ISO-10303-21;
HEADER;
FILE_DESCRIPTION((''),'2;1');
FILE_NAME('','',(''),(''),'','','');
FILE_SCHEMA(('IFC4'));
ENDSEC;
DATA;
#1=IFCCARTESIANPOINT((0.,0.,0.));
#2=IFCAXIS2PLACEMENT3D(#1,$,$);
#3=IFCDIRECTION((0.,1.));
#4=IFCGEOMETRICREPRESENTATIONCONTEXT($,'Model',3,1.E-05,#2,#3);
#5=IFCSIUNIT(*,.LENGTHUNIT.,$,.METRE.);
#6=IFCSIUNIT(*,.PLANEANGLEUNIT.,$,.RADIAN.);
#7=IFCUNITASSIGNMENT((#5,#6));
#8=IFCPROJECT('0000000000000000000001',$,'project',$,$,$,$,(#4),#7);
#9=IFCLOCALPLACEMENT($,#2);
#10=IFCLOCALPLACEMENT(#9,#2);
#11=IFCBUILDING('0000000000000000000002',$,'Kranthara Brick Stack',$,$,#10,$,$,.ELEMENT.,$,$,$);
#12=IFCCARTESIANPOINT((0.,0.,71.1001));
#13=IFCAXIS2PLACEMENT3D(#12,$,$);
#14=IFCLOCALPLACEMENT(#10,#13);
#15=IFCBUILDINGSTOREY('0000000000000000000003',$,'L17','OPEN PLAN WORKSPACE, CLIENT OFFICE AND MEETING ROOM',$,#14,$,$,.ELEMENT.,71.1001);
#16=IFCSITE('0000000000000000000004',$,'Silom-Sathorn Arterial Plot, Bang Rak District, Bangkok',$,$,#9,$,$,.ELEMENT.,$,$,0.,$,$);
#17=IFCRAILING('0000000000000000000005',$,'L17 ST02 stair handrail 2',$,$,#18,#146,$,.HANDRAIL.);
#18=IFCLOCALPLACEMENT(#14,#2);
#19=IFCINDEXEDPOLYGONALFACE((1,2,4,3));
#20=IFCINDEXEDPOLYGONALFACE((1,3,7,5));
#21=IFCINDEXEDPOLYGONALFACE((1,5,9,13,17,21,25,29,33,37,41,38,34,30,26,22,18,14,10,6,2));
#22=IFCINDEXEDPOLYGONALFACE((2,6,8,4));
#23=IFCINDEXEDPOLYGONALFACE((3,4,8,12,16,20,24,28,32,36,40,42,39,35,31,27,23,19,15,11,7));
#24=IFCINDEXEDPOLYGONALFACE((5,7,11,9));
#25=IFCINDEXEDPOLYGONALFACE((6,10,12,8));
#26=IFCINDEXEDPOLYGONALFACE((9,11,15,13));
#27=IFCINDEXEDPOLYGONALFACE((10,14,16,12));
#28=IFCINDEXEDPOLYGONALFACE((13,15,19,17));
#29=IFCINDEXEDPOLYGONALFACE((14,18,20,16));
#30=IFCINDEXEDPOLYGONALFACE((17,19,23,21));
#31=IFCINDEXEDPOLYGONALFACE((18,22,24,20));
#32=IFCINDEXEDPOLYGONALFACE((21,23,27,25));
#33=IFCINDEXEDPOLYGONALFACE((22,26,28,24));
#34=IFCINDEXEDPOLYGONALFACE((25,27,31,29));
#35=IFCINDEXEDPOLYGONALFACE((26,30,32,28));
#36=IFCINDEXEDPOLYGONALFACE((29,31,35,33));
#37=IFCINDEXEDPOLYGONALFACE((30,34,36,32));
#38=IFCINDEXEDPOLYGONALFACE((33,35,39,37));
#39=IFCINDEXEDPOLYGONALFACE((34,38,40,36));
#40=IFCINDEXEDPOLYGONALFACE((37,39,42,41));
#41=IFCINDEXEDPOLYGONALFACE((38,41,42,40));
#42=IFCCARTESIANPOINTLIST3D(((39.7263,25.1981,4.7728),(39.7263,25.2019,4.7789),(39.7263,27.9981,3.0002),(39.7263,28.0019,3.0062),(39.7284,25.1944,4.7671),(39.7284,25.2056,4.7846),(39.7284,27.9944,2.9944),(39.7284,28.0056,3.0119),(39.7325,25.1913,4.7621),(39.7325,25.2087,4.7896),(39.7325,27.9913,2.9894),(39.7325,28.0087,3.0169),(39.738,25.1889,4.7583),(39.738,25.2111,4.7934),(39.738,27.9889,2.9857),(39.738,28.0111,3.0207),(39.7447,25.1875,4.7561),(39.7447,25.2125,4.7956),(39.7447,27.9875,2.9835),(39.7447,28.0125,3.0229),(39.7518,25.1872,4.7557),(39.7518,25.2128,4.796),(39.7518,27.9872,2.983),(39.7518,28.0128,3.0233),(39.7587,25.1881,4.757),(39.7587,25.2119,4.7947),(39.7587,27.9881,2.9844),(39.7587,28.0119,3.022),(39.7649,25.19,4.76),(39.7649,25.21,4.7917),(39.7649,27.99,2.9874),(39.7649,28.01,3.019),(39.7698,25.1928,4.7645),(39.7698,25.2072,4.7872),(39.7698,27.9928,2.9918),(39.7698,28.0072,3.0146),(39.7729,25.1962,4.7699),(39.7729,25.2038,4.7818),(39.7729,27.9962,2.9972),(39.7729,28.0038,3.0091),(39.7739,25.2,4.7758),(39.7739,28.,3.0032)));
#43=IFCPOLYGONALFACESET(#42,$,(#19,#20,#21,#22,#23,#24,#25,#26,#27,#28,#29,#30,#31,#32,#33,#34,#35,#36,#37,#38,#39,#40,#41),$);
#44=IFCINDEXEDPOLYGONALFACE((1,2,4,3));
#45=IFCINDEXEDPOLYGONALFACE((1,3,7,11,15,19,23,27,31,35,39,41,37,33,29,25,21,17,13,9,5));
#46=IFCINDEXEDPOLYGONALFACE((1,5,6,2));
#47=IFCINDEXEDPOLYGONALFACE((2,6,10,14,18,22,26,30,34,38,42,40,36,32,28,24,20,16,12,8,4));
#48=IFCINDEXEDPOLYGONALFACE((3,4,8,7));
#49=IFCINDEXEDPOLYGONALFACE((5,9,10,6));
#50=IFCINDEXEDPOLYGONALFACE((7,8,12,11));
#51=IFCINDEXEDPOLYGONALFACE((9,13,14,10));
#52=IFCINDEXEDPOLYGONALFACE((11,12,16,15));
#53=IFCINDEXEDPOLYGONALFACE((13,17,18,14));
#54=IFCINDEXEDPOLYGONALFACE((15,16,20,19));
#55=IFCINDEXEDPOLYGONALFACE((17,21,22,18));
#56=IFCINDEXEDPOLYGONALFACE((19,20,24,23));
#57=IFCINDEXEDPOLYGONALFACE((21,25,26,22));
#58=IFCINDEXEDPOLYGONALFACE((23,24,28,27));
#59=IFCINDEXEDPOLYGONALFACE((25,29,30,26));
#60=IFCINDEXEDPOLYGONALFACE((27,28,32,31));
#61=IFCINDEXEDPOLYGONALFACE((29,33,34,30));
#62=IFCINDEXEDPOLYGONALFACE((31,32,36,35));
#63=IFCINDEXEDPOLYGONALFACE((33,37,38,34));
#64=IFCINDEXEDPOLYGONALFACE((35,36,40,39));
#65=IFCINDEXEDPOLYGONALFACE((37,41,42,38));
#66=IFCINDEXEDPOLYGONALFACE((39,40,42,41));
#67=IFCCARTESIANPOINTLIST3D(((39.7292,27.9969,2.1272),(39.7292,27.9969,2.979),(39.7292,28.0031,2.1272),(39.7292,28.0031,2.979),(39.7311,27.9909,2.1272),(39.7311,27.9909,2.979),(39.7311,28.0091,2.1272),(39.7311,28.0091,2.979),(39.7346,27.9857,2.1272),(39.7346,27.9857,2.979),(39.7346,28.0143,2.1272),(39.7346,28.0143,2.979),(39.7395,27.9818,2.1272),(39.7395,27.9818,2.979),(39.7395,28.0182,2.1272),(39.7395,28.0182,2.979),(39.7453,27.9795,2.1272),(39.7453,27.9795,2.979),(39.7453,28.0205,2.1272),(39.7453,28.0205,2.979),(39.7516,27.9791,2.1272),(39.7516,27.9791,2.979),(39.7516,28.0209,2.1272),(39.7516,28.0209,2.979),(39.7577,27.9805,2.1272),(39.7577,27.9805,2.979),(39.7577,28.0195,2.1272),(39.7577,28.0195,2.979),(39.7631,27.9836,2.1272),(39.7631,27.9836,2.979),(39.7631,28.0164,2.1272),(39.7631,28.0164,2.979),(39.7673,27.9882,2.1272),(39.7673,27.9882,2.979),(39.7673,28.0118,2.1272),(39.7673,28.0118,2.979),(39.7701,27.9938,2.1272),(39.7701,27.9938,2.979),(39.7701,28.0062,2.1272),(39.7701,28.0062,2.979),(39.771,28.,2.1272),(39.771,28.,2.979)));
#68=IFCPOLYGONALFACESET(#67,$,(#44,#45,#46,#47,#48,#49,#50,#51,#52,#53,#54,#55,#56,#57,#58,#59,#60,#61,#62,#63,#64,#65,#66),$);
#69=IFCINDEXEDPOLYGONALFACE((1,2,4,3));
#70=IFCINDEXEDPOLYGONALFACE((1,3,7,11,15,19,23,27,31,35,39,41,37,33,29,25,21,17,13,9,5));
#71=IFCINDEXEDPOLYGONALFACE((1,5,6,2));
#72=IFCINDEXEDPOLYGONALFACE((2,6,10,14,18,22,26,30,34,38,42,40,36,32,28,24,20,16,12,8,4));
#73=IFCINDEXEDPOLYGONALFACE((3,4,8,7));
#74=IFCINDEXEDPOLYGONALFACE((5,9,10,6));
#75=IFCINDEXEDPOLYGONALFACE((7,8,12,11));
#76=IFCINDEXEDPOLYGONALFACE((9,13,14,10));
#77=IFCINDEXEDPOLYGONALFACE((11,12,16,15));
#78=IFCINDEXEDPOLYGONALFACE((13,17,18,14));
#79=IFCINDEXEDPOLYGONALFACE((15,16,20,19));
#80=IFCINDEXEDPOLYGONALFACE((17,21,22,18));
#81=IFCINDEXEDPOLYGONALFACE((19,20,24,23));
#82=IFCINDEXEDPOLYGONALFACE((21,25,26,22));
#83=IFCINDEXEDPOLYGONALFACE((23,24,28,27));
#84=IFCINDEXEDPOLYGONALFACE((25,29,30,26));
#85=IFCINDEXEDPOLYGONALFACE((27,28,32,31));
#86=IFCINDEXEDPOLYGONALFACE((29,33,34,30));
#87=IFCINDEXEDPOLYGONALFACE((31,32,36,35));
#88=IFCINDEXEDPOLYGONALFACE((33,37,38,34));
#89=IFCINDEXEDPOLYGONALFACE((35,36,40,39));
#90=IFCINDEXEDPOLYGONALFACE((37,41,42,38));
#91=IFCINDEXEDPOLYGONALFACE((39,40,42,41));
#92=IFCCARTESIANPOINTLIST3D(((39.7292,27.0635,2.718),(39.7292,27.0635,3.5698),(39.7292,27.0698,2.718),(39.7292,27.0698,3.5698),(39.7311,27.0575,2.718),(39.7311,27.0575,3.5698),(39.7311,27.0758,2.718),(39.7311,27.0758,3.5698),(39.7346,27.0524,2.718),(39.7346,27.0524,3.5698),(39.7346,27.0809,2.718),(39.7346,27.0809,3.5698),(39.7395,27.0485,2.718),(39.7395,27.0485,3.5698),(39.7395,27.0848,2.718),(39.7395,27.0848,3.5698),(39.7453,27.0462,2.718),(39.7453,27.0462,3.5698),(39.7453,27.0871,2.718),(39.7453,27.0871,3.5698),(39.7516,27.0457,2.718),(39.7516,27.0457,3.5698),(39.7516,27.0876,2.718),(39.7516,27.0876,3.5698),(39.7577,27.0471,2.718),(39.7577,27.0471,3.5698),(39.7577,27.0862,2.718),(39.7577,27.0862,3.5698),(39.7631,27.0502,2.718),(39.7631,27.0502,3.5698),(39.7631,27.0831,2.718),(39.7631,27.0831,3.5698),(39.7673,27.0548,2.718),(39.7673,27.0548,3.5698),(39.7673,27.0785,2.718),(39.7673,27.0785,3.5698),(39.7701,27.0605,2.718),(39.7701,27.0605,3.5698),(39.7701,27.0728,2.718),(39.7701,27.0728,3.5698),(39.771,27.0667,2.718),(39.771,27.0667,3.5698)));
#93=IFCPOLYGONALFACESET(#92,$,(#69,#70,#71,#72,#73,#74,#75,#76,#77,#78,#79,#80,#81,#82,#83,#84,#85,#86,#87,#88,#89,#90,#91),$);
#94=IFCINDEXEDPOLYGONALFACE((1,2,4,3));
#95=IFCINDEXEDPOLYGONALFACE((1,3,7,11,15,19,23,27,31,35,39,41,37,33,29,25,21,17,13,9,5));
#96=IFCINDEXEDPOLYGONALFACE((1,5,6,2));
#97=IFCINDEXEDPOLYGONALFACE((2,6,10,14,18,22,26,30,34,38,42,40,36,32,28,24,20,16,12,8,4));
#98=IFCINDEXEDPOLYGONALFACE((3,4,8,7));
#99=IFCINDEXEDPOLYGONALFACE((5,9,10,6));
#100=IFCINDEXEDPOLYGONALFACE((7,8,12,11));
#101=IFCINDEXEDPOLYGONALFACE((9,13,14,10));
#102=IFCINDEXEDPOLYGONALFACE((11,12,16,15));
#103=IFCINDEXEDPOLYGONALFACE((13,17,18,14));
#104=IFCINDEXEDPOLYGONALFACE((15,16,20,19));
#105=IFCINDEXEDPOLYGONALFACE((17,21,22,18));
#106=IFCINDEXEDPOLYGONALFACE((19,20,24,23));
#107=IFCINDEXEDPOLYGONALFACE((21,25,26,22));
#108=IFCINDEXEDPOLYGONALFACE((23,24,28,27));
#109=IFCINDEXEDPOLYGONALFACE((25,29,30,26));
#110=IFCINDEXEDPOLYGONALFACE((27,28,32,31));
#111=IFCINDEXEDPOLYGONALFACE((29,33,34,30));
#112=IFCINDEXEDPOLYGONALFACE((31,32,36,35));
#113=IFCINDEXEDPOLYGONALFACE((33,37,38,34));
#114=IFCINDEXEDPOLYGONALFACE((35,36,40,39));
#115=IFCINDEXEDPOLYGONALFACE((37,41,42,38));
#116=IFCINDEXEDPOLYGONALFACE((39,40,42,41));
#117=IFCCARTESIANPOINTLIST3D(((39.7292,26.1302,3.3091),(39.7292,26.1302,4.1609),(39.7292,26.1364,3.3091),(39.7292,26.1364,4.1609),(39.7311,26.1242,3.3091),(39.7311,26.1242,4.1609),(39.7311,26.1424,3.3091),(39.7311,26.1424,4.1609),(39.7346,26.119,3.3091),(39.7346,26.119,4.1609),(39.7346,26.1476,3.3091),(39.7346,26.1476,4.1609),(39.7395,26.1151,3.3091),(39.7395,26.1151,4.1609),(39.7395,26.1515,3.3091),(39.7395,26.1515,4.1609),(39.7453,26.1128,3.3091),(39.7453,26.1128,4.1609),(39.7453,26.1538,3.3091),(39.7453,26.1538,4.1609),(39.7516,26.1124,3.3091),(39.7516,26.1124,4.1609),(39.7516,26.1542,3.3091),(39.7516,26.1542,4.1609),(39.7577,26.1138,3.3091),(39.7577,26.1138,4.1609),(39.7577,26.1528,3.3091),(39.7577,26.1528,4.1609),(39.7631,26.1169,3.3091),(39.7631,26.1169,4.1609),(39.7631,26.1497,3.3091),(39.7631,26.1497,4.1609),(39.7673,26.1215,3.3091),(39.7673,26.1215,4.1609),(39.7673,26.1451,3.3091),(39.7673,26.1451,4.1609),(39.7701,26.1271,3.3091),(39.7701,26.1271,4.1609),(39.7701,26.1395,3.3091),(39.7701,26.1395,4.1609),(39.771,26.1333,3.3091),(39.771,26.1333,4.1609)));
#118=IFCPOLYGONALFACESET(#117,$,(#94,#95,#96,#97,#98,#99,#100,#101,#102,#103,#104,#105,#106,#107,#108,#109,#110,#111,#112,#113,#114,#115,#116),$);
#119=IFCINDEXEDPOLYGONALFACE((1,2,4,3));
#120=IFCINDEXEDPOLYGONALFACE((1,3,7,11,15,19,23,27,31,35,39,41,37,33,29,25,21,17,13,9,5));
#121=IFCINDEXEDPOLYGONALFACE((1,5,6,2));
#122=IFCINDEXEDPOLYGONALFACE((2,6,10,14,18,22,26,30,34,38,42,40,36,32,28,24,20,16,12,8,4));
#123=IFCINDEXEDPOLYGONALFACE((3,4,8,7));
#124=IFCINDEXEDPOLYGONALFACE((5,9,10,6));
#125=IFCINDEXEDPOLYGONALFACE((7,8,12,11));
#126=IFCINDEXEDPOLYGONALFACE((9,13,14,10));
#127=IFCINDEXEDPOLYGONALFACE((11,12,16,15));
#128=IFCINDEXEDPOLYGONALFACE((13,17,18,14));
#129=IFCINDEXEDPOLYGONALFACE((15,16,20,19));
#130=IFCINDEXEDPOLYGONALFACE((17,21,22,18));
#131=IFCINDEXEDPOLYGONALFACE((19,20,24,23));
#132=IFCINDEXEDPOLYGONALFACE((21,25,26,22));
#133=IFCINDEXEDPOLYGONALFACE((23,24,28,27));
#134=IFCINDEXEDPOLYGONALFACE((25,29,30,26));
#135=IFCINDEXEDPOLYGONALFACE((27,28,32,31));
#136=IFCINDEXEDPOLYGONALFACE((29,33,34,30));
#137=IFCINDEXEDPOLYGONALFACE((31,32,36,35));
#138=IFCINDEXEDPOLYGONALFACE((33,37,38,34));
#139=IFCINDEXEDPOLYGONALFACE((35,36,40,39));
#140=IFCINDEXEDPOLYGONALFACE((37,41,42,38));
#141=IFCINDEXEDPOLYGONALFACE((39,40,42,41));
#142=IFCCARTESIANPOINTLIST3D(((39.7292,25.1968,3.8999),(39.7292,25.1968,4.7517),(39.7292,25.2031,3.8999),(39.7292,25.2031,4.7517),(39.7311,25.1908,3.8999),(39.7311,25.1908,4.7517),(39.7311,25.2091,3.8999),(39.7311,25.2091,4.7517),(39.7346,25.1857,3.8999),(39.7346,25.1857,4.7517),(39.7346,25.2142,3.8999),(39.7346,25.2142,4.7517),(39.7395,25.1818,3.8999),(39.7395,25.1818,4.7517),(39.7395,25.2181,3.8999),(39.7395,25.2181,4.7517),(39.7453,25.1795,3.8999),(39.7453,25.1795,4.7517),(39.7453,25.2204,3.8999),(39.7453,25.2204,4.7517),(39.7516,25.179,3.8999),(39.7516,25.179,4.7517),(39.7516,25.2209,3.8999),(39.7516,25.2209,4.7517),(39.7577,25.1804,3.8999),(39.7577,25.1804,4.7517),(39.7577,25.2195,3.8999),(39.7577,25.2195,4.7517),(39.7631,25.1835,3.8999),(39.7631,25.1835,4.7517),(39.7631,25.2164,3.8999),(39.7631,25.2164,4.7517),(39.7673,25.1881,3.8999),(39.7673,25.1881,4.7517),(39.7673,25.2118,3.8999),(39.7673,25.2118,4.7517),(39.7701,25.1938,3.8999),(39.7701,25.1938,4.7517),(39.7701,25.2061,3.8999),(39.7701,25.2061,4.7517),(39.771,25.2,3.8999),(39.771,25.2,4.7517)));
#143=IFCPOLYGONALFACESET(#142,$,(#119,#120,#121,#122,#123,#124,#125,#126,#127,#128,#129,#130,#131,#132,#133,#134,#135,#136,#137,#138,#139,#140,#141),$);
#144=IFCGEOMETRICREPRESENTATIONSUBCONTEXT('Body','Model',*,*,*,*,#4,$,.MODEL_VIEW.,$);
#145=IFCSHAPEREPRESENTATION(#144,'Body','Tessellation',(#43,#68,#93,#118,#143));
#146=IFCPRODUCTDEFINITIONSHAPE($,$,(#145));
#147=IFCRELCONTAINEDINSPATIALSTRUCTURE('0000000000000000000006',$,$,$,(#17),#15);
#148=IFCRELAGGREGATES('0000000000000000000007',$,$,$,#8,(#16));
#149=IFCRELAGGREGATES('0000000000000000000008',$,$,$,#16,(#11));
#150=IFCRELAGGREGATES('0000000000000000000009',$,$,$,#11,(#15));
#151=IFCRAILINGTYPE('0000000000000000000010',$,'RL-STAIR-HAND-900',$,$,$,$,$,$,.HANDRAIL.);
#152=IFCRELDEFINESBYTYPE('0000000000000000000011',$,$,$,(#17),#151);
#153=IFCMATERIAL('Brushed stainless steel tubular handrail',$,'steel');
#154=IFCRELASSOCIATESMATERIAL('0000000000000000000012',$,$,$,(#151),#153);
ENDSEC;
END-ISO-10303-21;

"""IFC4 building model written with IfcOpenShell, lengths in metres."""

from ifc_helpers import new_model, si_unit, direction, frame, origin, origin_2d, place, context, subcontext, project, spatial, circle, extrude, material, type_object, element, save


model = new_model("IFC4")

# Units and contexts
model_context = context("Model", 3, precision=1e-05, world=origin(), true_north=direction((0.0, 1.0)))
body_context = subcontext(model_context, "Body", "Model", "MODEL_VIEW")
ifc_project = project(units=[si_unit("LENGTHUNIT", "METRE"), si_unit("PLANEANGLEUNIT", "RADIAN")], contexts=[model_context])

# Site, building, storey
site_placement = place(None, origin())
site = spatial("IfcSite", under=ifc_project, at=site_placement, Name="Silom-Sathorn Arterial Plot, Bang Rak District, Bangkok", CompositionType="ELEMENT", RefElevation=0.0)
building_placement = place(site_placement, origin())
building = spatial("IfcBuilding", under=site, at=building_placement, Name="Kranthara Brick Stack", CompositionType="ELEMENT")
storey_placement = place(building_placement, frame((0.0, 0.0, 71.1001)))
storey = spatial("IfcBuildingStorey", under=building, at=storey_placement, Name="L17", Description="OPEN PLAN WORKSPACE, CLIENT OFFICE AND MEETING ROOM", CompositionType="ELEMENT", Elevation=71.1001)

# Railing
ifc_material_1 = material(Name="Brushed stainless steel tubular handrail", Category="steel")
railing_type_1 = type_object("IfcRailingType", Name="RL-STAIR-HAND-900", PredefinedType="HANDRAIL", material=ifc_material_1)
railing_1_placement = place(storey_placement, frame((39.75, 28.0, 2.1272)))
element("IfcRailing", 1, at=railing_1_placement, inside=storey, type_object=railing_type_1, Name="L17 ST02 stair handrail 2", PredefinedType="HANDRAIL", context=body_context, shape_type="SweptSolid", body=[
    extrude(circle(Radius=0.0239, at=origin_2d()), frame((0.0, 0.0, 0.876), z_axis=(0.0, -0.844909, 0.53491), x_axis=(1.0, 0.0, 0.0)), (0.0, 0.0, 1.0), 3.314),
    extrude(circle(Radius=0.021, at=origin_2d()), origin(), (0.0, 0.0, 1.0), 0.8518),
    extrude(circle(Radius=0.021, at=origin_2d()), frame((0.0, -0.9333, 0.5908)), (0.0, 0.0, 1.0), 0.8518),
    extrude(circle(Radius=0.021, at=origin_2d()), frame((0.0, -1.8667, 1.1819)), (0.0, 0.0, 1.0), 0.8518),
    extrude(circle(Radius=0.021, at=origin_2d()), frame((0.0, -2.8, 1.7727)), (0.0, 0.0, 1.0), 0.8518),
])

save(model, "model.ifc")
